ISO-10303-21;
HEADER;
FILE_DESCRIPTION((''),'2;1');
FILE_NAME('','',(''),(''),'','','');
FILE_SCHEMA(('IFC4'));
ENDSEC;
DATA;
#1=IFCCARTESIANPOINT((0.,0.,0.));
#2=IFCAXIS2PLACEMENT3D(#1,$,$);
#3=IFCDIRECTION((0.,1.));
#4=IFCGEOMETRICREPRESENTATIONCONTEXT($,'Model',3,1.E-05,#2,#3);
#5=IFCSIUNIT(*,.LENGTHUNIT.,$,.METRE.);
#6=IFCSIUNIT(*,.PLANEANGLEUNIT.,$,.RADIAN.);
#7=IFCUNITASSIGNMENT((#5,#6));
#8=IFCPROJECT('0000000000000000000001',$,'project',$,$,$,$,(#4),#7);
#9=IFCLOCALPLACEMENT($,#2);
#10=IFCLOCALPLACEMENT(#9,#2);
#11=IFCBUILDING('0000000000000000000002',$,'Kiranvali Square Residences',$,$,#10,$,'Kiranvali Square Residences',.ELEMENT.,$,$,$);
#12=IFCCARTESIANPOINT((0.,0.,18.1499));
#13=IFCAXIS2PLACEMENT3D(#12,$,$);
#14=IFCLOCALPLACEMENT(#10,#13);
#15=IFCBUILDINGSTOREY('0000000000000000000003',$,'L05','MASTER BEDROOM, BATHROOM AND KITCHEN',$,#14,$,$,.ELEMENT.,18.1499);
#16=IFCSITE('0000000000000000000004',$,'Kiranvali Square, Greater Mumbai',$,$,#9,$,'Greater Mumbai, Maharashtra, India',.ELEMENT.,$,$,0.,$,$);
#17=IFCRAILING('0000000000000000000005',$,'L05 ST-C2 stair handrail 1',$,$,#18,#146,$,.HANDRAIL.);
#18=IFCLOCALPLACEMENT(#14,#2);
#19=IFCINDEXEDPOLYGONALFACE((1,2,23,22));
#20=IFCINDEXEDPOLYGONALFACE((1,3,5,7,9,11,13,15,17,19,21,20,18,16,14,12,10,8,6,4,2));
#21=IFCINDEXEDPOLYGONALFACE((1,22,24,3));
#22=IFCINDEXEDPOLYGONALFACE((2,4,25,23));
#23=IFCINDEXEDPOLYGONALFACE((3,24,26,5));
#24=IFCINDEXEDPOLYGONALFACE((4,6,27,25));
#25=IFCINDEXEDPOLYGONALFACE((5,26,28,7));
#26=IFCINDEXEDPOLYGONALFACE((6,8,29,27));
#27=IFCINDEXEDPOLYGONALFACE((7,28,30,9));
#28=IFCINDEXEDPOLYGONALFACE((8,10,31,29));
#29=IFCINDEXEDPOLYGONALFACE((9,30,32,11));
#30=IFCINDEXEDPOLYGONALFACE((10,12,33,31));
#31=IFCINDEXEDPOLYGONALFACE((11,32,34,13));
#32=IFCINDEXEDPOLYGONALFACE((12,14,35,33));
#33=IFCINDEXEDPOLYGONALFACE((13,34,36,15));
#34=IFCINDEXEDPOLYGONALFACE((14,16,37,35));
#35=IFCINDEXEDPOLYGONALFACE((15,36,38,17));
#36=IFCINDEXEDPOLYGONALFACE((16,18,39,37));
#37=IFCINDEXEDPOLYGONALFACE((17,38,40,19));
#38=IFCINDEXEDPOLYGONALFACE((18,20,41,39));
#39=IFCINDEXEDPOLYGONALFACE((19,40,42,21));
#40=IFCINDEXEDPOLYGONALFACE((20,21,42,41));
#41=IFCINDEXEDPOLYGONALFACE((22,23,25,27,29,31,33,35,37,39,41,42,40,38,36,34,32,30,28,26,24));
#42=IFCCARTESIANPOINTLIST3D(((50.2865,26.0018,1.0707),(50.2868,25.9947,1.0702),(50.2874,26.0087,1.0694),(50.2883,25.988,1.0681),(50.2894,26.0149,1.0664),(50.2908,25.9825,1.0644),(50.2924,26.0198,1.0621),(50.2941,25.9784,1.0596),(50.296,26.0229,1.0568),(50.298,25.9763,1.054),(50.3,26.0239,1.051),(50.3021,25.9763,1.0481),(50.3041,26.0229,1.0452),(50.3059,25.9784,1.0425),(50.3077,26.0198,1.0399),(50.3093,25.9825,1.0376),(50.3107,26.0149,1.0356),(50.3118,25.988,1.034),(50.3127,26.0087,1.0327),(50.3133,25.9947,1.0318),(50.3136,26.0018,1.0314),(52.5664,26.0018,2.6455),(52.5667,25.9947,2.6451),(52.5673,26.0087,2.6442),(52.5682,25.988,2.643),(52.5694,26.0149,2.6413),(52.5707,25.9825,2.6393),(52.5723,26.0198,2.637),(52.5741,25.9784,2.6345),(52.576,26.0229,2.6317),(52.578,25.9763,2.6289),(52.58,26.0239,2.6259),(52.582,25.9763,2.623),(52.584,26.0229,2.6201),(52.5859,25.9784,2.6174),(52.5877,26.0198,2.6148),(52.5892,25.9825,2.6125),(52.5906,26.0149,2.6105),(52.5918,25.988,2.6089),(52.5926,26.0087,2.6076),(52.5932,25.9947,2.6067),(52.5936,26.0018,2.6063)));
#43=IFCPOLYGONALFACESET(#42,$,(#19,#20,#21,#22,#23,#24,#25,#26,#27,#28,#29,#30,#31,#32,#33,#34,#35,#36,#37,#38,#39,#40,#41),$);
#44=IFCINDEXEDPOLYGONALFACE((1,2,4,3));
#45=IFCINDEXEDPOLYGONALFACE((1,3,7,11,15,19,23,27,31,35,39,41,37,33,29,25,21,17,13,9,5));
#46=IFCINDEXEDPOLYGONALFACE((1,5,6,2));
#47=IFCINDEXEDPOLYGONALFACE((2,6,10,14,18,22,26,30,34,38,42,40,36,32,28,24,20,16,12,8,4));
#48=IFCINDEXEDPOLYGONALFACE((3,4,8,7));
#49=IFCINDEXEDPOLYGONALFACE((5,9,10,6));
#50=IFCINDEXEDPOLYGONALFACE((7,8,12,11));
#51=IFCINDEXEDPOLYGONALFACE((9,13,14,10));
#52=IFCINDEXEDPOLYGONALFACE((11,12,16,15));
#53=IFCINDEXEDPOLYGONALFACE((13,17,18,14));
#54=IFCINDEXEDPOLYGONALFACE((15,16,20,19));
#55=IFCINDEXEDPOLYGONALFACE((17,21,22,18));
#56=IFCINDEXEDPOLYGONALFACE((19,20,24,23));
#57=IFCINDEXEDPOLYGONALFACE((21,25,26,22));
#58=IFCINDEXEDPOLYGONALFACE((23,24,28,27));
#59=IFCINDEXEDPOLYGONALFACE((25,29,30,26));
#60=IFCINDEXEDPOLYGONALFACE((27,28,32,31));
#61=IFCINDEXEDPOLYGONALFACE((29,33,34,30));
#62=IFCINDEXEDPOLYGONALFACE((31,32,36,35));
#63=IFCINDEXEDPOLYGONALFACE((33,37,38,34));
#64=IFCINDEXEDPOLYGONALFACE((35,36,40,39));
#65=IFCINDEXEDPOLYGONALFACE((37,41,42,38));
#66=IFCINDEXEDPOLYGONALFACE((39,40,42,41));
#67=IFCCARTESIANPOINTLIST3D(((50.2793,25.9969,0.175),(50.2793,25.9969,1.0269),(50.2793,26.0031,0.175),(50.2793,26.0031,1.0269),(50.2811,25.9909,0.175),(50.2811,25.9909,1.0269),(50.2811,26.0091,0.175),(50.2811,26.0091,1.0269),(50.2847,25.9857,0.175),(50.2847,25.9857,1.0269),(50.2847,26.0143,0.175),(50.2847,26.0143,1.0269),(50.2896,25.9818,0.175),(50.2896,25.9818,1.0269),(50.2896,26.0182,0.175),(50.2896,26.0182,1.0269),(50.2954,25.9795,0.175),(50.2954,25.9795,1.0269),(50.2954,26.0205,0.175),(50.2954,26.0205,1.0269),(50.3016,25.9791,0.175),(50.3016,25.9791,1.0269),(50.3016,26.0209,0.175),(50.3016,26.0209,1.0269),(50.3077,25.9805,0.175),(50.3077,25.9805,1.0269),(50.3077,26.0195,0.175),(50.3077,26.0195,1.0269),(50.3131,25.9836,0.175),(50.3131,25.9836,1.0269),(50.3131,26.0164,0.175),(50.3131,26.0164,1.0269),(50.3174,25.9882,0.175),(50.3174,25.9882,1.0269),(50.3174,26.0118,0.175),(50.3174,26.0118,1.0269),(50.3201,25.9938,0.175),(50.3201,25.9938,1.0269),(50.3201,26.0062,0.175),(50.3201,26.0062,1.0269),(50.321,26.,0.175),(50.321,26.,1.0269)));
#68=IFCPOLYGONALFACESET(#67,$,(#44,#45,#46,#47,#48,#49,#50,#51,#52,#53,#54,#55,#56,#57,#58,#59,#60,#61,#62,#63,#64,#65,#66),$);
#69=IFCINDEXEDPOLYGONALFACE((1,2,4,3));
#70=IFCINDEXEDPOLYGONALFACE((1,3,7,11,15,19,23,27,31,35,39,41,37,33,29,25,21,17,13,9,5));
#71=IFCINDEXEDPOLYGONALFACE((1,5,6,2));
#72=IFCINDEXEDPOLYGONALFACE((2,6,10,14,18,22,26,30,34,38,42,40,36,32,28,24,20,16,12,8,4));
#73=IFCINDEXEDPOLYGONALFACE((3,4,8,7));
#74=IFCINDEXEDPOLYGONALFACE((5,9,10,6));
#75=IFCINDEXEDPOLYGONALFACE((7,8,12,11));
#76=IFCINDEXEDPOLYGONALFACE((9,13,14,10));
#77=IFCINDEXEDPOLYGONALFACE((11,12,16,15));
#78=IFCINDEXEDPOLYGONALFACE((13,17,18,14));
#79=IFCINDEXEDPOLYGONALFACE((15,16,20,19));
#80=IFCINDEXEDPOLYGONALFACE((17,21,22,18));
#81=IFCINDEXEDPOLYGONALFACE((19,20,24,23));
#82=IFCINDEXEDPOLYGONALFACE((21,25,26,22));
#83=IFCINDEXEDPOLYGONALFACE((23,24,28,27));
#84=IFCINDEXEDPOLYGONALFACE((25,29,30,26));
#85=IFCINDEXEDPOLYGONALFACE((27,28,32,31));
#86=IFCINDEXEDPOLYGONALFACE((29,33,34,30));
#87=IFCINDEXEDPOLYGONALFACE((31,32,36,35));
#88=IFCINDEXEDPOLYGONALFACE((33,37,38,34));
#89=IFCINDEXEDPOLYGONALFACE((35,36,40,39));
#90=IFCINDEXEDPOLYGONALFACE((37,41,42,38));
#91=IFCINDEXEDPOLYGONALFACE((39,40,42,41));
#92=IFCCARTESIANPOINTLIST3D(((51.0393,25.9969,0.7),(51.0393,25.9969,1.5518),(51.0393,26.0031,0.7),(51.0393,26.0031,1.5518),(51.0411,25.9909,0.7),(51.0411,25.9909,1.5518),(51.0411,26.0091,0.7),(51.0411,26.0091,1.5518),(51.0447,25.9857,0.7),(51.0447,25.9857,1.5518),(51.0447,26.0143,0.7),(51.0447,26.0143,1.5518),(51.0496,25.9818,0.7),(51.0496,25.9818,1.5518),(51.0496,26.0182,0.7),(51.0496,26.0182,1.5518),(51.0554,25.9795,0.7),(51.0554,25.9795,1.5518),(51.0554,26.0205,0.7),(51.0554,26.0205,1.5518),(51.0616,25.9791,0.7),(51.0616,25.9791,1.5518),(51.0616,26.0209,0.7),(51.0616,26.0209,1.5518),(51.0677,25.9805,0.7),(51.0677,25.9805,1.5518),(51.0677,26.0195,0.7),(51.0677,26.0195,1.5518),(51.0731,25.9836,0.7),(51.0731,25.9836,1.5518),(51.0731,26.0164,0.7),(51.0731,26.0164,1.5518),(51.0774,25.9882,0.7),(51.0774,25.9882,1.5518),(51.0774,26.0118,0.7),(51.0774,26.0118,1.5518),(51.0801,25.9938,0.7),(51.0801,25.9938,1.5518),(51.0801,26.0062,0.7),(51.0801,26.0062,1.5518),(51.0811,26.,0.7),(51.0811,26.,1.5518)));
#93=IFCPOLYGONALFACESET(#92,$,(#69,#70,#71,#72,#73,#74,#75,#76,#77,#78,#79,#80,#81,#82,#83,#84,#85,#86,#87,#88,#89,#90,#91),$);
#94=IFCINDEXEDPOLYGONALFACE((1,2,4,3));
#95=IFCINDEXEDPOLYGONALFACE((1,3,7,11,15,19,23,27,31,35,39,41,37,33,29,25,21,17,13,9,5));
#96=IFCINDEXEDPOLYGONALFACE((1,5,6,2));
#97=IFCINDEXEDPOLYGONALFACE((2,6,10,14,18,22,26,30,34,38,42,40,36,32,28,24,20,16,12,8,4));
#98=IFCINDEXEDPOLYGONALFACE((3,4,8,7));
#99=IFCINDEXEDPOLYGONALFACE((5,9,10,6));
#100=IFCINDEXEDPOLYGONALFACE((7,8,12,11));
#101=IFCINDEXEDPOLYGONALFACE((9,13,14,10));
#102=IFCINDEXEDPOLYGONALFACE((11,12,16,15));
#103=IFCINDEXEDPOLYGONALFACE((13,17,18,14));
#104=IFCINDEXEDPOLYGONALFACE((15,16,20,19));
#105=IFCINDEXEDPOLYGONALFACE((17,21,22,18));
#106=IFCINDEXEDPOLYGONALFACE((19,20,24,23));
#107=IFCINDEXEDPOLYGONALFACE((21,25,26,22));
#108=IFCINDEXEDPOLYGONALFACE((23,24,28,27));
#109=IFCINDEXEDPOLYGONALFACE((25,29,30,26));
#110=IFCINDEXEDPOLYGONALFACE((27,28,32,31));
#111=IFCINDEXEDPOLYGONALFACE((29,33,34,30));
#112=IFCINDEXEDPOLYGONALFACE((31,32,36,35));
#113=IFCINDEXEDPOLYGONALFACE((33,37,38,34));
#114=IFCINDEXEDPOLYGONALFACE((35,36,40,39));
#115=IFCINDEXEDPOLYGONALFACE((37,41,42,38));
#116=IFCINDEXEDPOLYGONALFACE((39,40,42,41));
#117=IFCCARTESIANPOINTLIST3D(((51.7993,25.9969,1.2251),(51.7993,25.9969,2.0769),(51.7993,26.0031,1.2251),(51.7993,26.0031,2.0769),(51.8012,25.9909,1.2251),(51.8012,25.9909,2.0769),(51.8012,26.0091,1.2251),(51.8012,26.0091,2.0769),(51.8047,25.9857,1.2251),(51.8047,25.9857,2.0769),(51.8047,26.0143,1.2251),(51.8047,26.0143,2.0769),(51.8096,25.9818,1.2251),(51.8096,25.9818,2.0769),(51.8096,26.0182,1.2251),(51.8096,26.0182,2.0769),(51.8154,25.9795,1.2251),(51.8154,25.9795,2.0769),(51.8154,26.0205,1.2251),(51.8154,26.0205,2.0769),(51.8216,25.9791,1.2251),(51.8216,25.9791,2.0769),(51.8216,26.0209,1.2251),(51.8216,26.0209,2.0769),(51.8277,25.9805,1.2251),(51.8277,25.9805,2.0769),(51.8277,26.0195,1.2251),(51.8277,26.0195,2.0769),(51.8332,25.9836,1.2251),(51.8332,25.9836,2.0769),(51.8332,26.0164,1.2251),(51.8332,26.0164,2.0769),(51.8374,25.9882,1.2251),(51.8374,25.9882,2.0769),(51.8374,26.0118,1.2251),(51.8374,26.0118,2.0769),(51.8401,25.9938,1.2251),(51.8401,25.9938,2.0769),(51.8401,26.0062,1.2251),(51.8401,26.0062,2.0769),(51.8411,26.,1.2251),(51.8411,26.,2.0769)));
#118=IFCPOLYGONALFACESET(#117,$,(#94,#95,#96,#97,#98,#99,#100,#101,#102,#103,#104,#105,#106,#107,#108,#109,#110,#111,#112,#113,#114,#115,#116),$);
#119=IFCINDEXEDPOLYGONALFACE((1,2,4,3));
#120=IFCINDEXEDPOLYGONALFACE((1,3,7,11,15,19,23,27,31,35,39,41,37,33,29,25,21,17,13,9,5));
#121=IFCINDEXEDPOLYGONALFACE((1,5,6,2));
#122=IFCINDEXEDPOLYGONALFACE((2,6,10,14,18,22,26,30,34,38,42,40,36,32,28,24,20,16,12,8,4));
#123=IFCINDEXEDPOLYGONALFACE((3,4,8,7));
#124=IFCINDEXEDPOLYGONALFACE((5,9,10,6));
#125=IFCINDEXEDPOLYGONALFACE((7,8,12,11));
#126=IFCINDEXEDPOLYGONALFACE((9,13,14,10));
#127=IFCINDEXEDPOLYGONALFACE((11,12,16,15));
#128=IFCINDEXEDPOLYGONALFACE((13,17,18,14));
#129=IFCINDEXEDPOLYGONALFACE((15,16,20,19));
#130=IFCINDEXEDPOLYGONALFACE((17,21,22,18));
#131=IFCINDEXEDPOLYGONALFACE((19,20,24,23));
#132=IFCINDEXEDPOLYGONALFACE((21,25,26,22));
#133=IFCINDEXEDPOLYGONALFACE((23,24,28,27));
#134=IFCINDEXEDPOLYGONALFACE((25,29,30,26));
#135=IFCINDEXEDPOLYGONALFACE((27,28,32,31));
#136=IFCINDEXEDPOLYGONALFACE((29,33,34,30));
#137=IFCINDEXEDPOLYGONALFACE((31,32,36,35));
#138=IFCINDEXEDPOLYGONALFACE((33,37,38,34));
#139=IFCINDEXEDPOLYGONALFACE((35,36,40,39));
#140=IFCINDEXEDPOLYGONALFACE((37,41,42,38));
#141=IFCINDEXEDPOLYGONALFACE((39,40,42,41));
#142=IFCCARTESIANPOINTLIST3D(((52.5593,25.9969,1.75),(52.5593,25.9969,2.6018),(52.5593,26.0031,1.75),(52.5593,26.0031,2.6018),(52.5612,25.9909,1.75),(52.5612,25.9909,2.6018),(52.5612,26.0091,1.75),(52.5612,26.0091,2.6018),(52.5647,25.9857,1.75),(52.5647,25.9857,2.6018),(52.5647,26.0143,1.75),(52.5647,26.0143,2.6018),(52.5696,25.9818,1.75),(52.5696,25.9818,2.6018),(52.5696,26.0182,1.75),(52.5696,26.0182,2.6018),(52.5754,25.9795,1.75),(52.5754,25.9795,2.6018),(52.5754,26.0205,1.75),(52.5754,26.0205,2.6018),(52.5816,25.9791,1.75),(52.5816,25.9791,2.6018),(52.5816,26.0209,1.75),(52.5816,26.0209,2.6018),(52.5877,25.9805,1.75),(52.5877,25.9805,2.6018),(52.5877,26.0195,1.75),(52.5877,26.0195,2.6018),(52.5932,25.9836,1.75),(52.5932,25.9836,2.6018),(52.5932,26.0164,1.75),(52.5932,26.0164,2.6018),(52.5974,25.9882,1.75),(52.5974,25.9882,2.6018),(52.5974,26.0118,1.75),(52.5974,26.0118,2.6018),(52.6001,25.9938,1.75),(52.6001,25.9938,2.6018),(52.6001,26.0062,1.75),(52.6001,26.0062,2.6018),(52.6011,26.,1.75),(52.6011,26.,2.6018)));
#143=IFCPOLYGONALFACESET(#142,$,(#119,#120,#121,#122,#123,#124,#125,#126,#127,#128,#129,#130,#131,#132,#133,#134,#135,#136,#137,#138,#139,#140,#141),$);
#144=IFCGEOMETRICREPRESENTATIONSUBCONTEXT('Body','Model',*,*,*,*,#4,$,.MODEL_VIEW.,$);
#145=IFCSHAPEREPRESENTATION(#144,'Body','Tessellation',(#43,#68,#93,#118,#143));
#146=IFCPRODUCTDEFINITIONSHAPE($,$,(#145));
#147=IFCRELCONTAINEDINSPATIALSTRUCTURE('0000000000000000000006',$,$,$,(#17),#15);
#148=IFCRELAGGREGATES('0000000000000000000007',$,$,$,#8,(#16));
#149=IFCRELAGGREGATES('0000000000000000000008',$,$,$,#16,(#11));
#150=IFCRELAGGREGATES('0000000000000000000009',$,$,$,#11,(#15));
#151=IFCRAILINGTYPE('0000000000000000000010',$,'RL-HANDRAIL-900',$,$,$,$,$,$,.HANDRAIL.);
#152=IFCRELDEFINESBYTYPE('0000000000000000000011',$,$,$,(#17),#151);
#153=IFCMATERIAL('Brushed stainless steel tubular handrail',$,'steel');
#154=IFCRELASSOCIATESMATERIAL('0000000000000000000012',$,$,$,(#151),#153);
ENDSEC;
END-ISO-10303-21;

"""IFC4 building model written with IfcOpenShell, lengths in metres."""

from ifc_helpers import new_model, si_unit, direction, frame, origin, origin_2d, place, context, subcontext, project, spatial, circle, extrude, material, type_object, element, save


model = new_model("IFC4")

# Units and contexts
model_context = context("Model", 3, precision=1e-05, world=origin(), true_north=direction((0.0, 1.0)))
body_context = subcontext(model_context, "Body", "Model", "MODEL_VIEW")
ifc_project = project(units=[si_unit("LENGTHUNIT", "METRE"), si_unit("PLANEANGLEUNIT", "RADIAN")], contexts=[model_context])

# Site, building, storey
site_placement = place(None, origin())
site = spatial("IfcSite", under=ifc_project, at=site_placement, Name="Kiranvali Square, Greater Mumbai", LongName="Greater Mumbai, Maharashtra, India", CompositionType="ELEMENT", RefElevation=0.0)
building_placement = place(site_placement, origin())
building = spatial("IfcBuilding", under=site, at=building_placement, Name="Kiranvali Square Residences", LongName="Kiranvali Square Residences", CompositionType="ELEMENT")
storey_placement = place(building_placement, frame((0.0, 0.0, 18.1499)))
storey = spatial("IfcBuildingStorey", under=building, at=storey_placement, Name="L05", Description="MASTER BEDROOM, BATHROOM AND KITCHEN", CompositionType="ELEMENT", Elevation=18.1499)

# Railing
ifc_material_1 = material(Name="Brushed stainless steel tubular handrail", Category="steel")
railing_type_1 = type_object("IfcRailingType", Name="RL-HANDRAIL-900", PredefinedType="HANDRAIL", material=ifc_material_1)
railing_1_placement = place(storey_placement, frame((50.3, 26.0, 0.175)))
element("IfcRailing", 1, at=railing_1_placement, inside=storey, type_object=railing_type_1, Name="L05 ST-C2 stair handrail 1", PredefinedType="HANDRAIL", context=body_context, shape_type="SweptSolid", body=[
    extrude(circle(Radius=0.0239, at=origin_2d()), frame((0.0, 0.0, 0.876), z_axis=(0.822788, 0.0, 0.568348), x_axis=(0.0, 1.0, 0.0)), (0.0, 0.0, 1.0), 2.771),
    extrude(circle(Radius=0.021, at=origin_2d()), origin(), (0.0, 0.0, 1.0), 0.8518),
    extrude(circle(Radius=0.021, at=origin_2d()), frame((0.76, 0.0, 0.5249)), (0.0, 0.0, 1.0), 0.8518),
    extrude(circle(Radius=0.021, at=origin_2d()), frame((1.52, 0.0, 1.05)), (0.0, 0.0, 1.0), 0.8518),
    extrude(circle(Radius=0.021, at=origin_2d()), frame((2.28, 0.0, 1.575)), (0.0, 0.0, 1.0), 0.8518),
])

save(model, "model.ifc")
